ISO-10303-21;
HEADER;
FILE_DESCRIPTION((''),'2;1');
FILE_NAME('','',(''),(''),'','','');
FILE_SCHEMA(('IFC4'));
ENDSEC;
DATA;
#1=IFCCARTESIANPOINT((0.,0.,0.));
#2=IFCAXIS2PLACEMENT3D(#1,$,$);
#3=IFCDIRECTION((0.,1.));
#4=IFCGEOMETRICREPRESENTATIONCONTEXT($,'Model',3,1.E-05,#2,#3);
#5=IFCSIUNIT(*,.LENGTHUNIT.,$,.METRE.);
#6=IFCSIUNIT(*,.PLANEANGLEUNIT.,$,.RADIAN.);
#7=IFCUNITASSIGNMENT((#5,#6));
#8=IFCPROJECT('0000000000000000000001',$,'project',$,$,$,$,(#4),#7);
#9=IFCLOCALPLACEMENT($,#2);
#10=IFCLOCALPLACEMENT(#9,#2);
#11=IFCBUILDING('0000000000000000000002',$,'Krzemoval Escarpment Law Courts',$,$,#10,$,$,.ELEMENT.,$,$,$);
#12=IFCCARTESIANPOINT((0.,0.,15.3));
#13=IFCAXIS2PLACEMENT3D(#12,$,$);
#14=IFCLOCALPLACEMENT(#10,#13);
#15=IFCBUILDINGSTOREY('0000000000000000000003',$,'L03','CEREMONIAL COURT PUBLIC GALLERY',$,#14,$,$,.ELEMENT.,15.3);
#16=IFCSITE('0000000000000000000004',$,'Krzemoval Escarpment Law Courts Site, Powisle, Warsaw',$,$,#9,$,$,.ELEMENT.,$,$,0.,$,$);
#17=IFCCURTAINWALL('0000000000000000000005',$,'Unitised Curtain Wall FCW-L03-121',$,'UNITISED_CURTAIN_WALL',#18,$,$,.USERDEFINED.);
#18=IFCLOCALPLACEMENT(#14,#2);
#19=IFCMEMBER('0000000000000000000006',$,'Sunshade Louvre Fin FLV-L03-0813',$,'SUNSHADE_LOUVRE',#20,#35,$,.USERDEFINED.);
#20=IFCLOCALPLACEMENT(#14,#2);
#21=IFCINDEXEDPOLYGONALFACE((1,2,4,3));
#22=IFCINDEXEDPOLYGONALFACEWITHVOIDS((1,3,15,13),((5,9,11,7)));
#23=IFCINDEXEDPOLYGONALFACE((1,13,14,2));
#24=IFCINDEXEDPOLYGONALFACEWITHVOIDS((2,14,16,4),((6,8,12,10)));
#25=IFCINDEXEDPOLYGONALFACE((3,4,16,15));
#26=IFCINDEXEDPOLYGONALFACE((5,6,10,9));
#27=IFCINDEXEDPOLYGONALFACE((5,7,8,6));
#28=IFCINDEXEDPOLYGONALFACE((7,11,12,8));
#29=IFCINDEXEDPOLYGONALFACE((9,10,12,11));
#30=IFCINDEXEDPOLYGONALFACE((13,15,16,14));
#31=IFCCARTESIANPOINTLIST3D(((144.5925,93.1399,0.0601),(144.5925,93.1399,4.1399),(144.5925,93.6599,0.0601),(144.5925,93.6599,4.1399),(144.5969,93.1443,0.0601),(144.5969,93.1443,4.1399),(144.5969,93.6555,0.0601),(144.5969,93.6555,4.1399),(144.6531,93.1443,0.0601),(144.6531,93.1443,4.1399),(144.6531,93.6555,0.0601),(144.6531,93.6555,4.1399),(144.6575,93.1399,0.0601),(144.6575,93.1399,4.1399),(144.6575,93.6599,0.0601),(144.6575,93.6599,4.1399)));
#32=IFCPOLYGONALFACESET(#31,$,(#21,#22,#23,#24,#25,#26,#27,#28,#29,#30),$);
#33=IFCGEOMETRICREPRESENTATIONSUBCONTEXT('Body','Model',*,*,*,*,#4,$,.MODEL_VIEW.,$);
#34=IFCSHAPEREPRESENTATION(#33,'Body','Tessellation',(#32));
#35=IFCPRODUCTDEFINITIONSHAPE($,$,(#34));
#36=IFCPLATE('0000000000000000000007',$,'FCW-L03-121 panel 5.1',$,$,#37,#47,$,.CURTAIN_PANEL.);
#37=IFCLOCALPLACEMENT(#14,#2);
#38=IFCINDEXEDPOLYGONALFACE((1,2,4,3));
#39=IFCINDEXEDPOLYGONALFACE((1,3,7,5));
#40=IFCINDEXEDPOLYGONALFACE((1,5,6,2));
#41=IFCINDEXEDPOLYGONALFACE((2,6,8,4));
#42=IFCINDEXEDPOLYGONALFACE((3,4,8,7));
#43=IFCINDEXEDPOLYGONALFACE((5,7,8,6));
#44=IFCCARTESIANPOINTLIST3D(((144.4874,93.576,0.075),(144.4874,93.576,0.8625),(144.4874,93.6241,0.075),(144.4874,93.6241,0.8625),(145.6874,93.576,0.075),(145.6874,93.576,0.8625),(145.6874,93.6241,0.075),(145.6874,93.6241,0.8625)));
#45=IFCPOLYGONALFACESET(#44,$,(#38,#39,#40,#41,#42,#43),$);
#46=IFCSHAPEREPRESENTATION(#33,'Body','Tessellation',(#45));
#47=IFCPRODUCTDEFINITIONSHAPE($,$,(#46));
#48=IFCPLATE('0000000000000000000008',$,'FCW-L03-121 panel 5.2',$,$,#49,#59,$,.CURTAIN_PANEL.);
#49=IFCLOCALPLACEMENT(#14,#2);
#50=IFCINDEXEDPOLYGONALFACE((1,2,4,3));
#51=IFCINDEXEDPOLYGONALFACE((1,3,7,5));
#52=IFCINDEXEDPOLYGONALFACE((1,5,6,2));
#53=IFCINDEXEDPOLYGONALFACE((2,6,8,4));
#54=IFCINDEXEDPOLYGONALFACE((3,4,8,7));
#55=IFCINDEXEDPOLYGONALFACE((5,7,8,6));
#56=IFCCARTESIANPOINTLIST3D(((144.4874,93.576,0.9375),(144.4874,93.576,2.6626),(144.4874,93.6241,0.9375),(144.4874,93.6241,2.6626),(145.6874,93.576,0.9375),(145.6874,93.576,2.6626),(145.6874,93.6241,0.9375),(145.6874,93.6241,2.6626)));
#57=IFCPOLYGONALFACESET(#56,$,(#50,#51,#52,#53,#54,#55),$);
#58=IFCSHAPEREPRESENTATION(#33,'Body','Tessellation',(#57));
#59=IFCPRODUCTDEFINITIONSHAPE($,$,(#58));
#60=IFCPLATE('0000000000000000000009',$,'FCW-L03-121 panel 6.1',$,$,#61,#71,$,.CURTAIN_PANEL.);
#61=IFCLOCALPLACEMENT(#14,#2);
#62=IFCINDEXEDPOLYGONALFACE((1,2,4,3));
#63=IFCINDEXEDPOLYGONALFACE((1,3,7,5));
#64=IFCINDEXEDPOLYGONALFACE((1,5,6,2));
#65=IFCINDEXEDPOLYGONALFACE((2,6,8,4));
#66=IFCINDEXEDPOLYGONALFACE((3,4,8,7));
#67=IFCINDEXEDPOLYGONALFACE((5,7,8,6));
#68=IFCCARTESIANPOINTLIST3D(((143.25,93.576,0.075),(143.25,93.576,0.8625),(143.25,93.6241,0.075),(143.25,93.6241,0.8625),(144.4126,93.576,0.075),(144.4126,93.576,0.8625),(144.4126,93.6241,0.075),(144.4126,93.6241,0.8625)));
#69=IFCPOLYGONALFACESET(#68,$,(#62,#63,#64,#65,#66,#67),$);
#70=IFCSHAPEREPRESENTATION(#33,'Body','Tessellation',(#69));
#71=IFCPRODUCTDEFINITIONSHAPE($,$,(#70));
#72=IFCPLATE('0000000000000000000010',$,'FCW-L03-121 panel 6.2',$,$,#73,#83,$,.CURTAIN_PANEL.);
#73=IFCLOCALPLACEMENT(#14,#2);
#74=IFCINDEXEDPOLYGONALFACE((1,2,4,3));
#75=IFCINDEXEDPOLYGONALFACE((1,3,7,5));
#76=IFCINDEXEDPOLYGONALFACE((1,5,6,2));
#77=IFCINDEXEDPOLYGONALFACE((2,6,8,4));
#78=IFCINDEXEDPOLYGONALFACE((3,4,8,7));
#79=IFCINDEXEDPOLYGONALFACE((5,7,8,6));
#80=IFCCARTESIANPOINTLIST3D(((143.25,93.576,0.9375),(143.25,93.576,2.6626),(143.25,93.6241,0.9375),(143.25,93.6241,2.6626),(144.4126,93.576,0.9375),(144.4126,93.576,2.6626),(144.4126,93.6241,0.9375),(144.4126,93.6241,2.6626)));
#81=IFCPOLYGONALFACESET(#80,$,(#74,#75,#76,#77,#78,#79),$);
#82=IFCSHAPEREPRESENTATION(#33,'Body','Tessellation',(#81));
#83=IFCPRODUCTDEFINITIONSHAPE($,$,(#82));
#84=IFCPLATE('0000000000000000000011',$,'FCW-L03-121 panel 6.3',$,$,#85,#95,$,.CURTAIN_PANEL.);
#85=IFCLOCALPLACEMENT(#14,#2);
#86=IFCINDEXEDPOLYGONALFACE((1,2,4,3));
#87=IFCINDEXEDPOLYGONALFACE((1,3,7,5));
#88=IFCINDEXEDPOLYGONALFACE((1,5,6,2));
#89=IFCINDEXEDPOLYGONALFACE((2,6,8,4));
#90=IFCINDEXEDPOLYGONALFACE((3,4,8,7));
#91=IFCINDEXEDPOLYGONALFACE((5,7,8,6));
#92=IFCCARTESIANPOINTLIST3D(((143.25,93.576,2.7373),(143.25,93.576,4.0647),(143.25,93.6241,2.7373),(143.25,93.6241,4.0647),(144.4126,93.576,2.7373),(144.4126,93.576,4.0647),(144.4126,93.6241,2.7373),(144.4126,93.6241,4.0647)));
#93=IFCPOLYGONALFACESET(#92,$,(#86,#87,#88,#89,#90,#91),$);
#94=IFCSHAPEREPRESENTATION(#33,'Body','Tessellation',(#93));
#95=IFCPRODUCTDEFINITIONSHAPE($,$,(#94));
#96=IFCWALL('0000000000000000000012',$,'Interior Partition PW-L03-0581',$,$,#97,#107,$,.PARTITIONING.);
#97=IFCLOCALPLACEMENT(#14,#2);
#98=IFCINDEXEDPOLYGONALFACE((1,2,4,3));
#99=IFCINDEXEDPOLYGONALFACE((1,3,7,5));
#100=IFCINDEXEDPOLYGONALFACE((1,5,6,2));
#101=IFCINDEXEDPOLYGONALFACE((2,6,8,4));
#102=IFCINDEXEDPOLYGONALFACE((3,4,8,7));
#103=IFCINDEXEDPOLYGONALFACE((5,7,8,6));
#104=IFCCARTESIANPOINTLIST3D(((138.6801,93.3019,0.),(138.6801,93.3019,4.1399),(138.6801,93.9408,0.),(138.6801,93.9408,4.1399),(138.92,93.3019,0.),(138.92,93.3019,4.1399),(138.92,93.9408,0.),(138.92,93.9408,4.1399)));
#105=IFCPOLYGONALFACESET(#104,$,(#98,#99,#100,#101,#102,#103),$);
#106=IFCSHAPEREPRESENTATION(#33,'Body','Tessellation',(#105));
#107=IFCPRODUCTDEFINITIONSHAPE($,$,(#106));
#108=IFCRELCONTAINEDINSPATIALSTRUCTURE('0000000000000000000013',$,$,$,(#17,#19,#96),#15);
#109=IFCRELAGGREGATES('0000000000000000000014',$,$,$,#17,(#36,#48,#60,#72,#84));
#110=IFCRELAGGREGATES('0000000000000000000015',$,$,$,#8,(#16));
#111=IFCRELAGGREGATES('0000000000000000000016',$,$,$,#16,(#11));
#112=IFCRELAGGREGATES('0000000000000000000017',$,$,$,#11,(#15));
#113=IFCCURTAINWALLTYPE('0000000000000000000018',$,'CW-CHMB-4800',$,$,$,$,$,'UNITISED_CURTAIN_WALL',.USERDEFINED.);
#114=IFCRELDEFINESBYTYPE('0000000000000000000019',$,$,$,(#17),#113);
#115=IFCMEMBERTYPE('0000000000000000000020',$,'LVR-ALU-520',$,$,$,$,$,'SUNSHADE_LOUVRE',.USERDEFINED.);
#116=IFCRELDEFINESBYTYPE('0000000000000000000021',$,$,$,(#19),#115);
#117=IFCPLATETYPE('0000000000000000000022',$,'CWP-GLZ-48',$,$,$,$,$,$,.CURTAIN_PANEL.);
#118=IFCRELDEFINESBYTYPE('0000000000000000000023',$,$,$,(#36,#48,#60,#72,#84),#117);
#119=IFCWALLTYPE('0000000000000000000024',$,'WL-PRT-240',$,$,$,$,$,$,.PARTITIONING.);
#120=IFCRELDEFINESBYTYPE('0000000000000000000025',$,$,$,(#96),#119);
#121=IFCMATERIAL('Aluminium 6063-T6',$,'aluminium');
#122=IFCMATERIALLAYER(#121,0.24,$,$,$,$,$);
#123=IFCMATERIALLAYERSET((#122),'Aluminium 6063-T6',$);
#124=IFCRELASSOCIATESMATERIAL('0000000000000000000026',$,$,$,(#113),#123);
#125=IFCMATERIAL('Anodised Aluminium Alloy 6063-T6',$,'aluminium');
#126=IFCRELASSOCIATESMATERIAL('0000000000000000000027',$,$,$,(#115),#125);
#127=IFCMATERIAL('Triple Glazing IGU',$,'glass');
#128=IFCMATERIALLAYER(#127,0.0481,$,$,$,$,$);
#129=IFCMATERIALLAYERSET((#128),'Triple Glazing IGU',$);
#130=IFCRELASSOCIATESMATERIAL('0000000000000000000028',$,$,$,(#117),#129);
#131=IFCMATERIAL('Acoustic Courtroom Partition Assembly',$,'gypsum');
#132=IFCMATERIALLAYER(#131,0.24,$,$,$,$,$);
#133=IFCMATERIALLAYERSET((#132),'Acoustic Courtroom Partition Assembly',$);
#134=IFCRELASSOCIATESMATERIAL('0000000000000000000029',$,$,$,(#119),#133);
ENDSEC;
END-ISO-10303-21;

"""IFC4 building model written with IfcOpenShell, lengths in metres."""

from ifc_helpers import new_model, si_unit, direction, frame, frame_2d, origin, origin_2d, place, context, subcontext, project, spatial, rectangle, hollow_rectangle, extrude, material, layer, layer_set, material_profile, profile_set, type_object, element, aggregate, save


model = new_model("IFC4")

# Units and contexts
model_context = context("Model", 3, precision=1e-05, world=origin(), true_north=direction((0.0, 1.0)))
body_context = subcontext(model_context, "Body", "Model", "MODEL_VIEW")
ifc_project = project(units=[si_unit("LENGTHUNIT", "METRE"), si_unit("PLANEANGLEUNIT", "RADIAN")], contexts=[model_context])

# Site, building, storey
site_placement = place(None, origin())
site = spatial("IfcSite", under=ifc_project, at=site_placement, Name="Krzemoval Escarpment Law Courts Site, Powisle, Warsaw", CompositionType="ELEMENT", RefElevation=0.0)
building_placement = place(site_placement, origin())
building = spatial("IfcBuilding", under=site, at=building_placement, Name="Krzemoval Escarpment Law Courts", CompositionType="ELEMENT")
storey_placement = place(building_placement, frame((0.0, 0.0, 15.3)))
storey = spatial("IfcBuildingStorey", under=building, at=storey_placement, Name="L03", Description="CEREMONIAL COURT PUBLIC GALLERY", CompositionType="ELEMENT", Elevation=15.3)

# Curtain wall
ifc_material_1 = material(Name="Aluminium 6063-T6", Category="aluminium")
ifc_layer_1 = layer(ifc_material_1, 0.24)
ifc_layer_set_1 = layer_set([ifc_layer_1], Name="Aluminium 6063-T6")
curtain_wall_type = type_object("IfcCurtainWallType", Name="CW-CHMB-4800", ElementType="UNITISED_CURTAIN_WALL", PredefinedType="USERDEFINED", material=ifc_layer_set_1)
curtain_wall_placement = place(storey_placement, origin())
curtain_wall = element("IfcCurtainWall", 1, at=curtain_wall_placement, inside=storey, type_object=curtain_wall_type, Name="Unitised Curtain Wall FCW-L03-121", ObjectType="UNITISED_CURTAIN_WALL", PredefinedType="USERDEFINED")

# Member
ifc_material_2 = material(Name="Anodised Aluminium Alloy 6063-T6", Category="aluminium")
ifc_material_profile_1 = material_profile(ifc_material_2, hollow_rectangle(XDim=0.0649, YDim=0.52, WallThickness=0.0044, at=origin_2d()), Name="ALU LVR 65x520")
ifc_profile_set_1 = profile_set([ifc_material_profile_1], Name="Anodised Aluminium Alloy 6063-T6")
member_type_1 = type_object("IfcMemberType", Name="LVR-ALU-520", ElementType="SUNSHADE_LOUVRE", PredefinedType="USERDEFINED", material=ifc_profile_set_1)
member_1_placement = place(storey_placement, frame((144.625, 93.3999, 0.0601), z_axis=(0.0, 0.0, 1.0), x_axis=(1.0, 0.0, 0.0)))
element("IfcMember", 2, at=member_1_placement, inside=storey, type_object=member_type_1, Name="Sunshade Louvre Fin FLV-L03-0813", ObjectType="SUNSHADE_LOUVRE", PredefinedType="USERDEFINED", context=body_context, shape_type="SweptSolid", body=[
    extrude(hollow_rectangle(XDim=0.0649, YDim=0.52, WallThickness=0.0044, at=origin_2d()), origin(), (0.0, 0.0, 1.0), 4.0798),
])

# Plates
ifc_material_3 = material(Name="Triple Glazing IGU", Category="glass")
ifc_layer_2 = layer(ifc_material_3, 0.0481)
ifc_layer_set_2 = layer_set([ifc_layer_2], Name="Triple Glazing IGU")
plate_type = type_object("IfcPlateType", Name="CWP-GLZ-48", PredefinedType="CURTAIN_PANEL", material=ifc_layer_set_2)
plate_1_placement = place(storey_placement, frame((145.0874, 93.6001, 0.075), z_axis=(0.0, 0.0, 1.0), x_axis=(-1.0, 0.0, 0.0)))
plate_1 = element("IfcPlate", 3, at=plate_1_placement, type_object=plate_type, Name="FCW-L03-121 panel 5.1", PredefinedType="CURTAIN_PANEL", context=body_context, shape_type="SweptSolid", body=[
    extrude(rectangle(XDim=1.2, YDim=0.0481, at=origin_2d()), origin(), (0.0, 0.0, 1.0), 0.7876),
])
plate_2_placement = place(storey_placement, frame((145.0874, 93.6001, 0.9375), z_axis=(0.0, 0.0, 1.0), x_axis=(-1.0, 0.0, 0.0)))
plate_2 = element("IfcPlate", 4, at=plate_2_placement, type_object=plate_type, Name="FCW-L03-121 panel 5.2", PredefinedType="CURTAIN_PANEL", context=body_context, shape_type="SweptSolid", body=[
    extrude(rectangle(XDim=1.2, YDim=0.0481, at=origin_2d()), origin(), (0.0, 0.0, 1.0), 1.7251),
])
plate_3_placement = place(storey_placement, frame((143.8313, 93.6001, 0.075), z_axis=(0.0, 0.0, 1.0), x_axis=(-1.0, 0.0, 0.0)))
plate_3 = element("IfcPlate", 5, at=plate_3_placement, type_object=plate_type, Name="FCW-L03-121 panel 6.1", PredefinedType="CURTAIN_PANEL", context=body_context, shape_type="SweptSolid", body=[
    extrude(rectangle(XDim=1.1626, YDim=0.0481, at=origin_2d()), origin(), (0.0, 0.0, 1.0), 0.7876),
])
plate_4_placement = place(storey_placement, frame((143.8313, 93.6001, 0.9375), z_axis=(0.0, 0.0, 1.0), x_axis=(-1.0, 0.0, 0.0)))
plate_4 = element("IfcPlate", 6, at=plate_4_placement, type_object=plate_type, Name="FCW-L03-121 panel 6.2", PredefinedType="CURTAIN_PANEL", context=body_context, shape_type="SweptSolid", body=[
    extrude(rectangle(XDim=1.1626, YDim=0.0481, at=origin_2d()), origin(), (0.0, 0.0, 1.0), 1.7251),
])
plate_5_placement = place(storey_placement, frame((143.8313, 93.6001, 2.7373), z_axis=(0.0, 0.0, 1.0), x_axis=(-1.0, 0.0, 0.0)))
plate_5 = element("IfcPlate", 7, at=plate_5_placement, type_object=plate_type, Name="FCW-L03-121 panel 6.3", PredefinedType="CURTAIN_PANEL", context=body_context, shape_type="SweptSolid", body=[
    extrude(rectangle(XDim=1.1626, YDim=0.0481, at=origin_2d()), origin(), (0.0, 0.0, 1.0), 1.3274),
])
aggregate(curtain_wall, [plate_1, plate_2, plate_3, plate_4, plate_5])

# Wall
ifc_material_4 = material(Name="Acoustic Courtroom Partition Assembly", Category="gypsum")
ifc_layer_3 = layer(ifc_material_4, 0.24)
ifc_layer_set_3 = layer_set([ifc_layer_3], Name="Acoustic Courtroom Partition Assembly")
wall_type = type_object("IfcWallType", Name="WL-PRT-240", PredefinedType="PARTITIONING", material=ifc_layer_set_3)
wall_placement = place(storey_placement, frame((138.8, 93.302, 0.0), z_axis=(0.0, 0.0, 1.0), x_axis=(0.0, 1.0, 0.0)))
element("IfcWall", 8, at=wall_placement, inside=storey, type_object=wall_type, Name="Interior Partition PW-L03-0581", PredefinedType="PARTITIONING", context=body_context, shape_type="SweptSolid", body=[
    extrude(rectangle(XDim=0.6389, YDim=0.24, at=frame_2d((0.3193, 0.0))), origin(), (0.0, 0.0, 1.0), 4.1399),
])

save(model, "model.ifc")
